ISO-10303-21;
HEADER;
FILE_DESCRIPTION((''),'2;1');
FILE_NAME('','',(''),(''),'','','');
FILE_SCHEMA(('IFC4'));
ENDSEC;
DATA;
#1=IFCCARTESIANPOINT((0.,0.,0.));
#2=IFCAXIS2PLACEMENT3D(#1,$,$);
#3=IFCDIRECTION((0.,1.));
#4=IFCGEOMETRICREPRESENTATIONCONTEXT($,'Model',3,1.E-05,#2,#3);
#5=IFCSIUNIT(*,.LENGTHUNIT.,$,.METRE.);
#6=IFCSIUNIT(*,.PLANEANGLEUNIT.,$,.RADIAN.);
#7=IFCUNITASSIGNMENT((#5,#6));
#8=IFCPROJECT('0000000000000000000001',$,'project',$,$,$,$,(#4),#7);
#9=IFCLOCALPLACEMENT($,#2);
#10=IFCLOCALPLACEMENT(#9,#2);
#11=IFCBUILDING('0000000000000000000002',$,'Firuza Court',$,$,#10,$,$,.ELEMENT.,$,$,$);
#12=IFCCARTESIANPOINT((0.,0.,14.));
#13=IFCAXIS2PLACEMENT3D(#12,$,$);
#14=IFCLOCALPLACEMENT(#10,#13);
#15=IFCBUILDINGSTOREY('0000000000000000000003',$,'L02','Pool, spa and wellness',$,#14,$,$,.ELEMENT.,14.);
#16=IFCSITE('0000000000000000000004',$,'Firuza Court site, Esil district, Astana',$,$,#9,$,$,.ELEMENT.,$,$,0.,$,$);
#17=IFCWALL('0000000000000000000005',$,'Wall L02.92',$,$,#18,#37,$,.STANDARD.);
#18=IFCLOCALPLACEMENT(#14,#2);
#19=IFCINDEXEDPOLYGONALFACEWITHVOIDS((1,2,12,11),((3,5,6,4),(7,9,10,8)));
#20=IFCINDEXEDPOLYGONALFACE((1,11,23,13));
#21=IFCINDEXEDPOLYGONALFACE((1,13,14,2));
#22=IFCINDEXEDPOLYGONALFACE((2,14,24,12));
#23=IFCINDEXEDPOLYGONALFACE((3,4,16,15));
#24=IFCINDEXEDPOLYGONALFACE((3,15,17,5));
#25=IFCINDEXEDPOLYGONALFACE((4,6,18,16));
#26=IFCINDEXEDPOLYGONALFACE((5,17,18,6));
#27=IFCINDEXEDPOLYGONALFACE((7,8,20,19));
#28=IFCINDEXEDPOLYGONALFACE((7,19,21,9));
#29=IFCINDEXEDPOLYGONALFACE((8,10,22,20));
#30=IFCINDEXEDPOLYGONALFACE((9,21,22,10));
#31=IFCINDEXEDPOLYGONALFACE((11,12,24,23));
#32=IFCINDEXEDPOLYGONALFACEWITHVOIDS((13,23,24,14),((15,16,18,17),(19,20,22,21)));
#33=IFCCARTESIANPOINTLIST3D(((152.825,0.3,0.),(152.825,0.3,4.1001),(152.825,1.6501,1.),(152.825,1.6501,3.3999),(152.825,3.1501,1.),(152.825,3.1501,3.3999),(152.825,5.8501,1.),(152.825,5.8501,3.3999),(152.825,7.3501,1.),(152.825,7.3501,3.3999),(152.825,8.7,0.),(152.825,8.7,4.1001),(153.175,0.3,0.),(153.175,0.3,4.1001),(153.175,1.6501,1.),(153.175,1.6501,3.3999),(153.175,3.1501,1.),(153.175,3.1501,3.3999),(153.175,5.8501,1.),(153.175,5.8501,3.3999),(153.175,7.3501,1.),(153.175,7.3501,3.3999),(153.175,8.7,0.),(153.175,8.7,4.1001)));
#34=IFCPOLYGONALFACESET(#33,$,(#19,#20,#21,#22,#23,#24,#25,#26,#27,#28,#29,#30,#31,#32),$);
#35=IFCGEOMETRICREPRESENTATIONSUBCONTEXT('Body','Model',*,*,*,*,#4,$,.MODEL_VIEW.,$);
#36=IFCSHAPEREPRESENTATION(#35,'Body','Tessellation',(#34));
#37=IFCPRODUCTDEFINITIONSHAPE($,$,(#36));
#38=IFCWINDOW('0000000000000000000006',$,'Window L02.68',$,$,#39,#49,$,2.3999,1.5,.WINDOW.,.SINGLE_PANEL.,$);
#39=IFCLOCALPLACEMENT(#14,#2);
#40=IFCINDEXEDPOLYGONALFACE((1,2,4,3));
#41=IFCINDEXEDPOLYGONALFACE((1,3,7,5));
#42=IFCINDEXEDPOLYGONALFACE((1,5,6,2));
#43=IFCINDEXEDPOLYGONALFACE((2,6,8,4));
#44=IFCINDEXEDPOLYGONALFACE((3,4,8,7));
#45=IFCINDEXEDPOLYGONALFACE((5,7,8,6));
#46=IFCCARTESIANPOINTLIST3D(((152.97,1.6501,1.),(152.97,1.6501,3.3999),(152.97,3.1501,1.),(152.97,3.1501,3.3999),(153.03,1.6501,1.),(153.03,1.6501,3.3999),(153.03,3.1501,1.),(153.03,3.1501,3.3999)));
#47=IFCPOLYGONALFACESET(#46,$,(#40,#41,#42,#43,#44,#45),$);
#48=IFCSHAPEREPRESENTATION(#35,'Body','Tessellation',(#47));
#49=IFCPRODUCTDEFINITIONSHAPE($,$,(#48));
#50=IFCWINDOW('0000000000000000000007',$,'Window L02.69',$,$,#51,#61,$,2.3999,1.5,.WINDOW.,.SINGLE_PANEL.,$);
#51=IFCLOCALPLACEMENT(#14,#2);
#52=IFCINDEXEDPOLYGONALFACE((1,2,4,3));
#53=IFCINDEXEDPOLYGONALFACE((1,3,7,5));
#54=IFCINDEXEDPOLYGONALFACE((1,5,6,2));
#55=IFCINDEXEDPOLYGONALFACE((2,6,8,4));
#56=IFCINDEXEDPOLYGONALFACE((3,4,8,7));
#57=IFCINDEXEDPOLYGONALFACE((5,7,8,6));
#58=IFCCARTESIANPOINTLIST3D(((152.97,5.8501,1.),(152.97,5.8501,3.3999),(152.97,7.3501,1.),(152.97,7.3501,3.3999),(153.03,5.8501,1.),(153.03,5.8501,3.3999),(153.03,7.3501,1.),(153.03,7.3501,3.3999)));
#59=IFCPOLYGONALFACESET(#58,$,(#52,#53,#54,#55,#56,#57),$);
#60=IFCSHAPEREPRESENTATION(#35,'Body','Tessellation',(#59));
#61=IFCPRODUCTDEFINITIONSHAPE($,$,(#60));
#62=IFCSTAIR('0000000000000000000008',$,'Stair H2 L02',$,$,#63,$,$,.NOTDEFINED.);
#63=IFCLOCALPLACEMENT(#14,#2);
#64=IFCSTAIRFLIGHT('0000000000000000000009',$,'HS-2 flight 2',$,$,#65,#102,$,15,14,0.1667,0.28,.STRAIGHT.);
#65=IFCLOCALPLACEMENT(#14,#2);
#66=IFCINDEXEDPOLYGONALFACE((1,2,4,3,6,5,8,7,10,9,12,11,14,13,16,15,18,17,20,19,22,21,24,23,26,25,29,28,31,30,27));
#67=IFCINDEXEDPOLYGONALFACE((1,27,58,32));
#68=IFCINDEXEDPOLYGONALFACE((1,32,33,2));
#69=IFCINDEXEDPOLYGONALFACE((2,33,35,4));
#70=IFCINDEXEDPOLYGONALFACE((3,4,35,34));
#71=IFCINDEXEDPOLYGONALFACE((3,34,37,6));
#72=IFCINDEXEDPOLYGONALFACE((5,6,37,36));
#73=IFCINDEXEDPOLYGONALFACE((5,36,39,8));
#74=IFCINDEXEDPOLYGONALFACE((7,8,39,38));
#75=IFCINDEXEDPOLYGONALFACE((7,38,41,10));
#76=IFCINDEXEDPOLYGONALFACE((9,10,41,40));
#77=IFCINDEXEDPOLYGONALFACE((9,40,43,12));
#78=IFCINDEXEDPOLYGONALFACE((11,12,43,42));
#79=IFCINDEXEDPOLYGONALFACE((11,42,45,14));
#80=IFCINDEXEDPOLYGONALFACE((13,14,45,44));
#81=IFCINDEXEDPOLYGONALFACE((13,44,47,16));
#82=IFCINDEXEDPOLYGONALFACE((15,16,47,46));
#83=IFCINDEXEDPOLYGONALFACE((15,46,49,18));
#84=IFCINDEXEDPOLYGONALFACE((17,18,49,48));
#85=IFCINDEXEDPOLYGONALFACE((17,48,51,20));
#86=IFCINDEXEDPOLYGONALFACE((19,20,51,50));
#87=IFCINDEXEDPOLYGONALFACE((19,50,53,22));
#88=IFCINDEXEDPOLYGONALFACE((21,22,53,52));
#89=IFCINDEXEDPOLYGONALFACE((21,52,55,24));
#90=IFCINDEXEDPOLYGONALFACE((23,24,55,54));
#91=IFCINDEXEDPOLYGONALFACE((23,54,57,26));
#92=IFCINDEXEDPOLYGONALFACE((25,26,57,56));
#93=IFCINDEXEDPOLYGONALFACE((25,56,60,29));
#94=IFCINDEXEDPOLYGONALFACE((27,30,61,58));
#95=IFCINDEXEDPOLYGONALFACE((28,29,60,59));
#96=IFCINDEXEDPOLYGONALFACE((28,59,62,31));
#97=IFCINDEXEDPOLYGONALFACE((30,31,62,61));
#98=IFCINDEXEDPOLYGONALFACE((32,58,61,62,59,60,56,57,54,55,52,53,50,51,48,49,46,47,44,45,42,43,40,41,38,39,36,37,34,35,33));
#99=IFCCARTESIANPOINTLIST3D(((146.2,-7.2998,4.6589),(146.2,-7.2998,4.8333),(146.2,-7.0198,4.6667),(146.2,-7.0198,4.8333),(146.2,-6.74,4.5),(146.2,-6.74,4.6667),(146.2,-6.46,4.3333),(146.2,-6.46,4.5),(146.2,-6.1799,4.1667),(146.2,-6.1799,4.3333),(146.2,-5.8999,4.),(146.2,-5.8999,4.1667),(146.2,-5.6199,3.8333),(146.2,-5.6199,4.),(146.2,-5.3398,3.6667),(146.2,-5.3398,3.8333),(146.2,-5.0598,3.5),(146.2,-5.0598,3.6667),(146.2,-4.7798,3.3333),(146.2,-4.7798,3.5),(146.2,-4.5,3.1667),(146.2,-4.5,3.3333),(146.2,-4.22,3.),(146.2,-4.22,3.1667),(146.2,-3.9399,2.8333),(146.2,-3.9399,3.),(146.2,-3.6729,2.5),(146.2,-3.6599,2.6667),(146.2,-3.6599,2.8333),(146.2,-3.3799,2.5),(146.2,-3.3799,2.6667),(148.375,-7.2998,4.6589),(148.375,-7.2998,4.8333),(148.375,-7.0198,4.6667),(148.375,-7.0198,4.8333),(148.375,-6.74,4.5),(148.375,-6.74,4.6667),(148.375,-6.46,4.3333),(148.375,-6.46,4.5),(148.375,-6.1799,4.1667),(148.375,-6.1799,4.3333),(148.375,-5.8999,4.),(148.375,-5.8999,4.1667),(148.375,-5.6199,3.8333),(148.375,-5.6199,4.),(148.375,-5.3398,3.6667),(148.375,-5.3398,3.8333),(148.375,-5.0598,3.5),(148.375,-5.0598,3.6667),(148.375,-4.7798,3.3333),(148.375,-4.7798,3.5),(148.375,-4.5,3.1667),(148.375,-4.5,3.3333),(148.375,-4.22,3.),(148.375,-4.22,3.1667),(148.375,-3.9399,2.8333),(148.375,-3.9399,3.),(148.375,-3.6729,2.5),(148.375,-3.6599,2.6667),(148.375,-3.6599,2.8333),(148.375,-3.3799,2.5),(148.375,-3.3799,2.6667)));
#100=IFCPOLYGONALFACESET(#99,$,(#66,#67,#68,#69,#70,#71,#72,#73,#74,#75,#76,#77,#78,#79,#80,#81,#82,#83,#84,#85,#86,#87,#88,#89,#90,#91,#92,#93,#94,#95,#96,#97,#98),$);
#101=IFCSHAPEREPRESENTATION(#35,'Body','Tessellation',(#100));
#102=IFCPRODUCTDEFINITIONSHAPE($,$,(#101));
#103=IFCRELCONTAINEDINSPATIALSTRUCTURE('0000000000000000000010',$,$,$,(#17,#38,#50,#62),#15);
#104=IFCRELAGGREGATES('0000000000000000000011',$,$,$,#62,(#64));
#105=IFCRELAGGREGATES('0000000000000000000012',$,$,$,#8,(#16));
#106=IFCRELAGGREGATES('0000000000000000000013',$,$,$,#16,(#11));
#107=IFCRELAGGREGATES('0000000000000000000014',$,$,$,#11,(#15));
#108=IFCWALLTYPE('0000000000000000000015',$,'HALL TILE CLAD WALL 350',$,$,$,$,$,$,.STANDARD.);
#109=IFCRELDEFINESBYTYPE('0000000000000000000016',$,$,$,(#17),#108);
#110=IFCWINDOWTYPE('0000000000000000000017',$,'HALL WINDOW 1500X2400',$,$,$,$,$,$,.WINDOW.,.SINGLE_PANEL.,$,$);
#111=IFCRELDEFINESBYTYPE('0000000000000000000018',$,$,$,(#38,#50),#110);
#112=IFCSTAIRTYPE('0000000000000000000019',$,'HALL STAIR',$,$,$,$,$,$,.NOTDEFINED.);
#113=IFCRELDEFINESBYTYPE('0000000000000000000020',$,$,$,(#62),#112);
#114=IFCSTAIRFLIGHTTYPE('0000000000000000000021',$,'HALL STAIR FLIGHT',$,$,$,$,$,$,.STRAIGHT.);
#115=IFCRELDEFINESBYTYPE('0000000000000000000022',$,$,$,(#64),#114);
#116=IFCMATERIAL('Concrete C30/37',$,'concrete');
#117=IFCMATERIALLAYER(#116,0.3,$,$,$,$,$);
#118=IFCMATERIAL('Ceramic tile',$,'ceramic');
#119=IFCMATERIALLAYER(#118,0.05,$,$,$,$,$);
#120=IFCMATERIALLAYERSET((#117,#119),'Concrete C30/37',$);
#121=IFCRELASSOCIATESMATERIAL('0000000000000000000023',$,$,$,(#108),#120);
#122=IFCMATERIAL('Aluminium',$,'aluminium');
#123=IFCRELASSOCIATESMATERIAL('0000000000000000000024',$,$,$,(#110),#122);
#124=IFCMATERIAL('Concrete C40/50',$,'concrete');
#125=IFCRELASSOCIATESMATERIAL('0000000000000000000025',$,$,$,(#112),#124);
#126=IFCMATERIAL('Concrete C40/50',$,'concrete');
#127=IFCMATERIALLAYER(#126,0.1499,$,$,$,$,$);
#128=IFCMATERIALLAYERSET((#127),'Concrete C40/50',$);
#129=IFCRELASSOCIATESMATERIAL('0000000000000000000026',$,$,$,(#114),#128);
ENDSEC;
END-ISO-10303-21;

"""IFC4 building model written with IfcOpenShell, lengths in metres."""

from ifc_helpers import new_model, si_unit, direction, frame, frame_2d, origin, place, context, subcontext, project, spatial, polyline, rectangle, outline, extrude, material, layer, layer_set, type_object, element, fill, aggregate, save


model = new_model("IFC4")

# Units and contexts
model_context = context("Model", 3, precision=1e-05, world=origin(), true_north=direction((0.0, 1.0)))
body_context = subcontext(model_context, "Body", "Model", "MODEL_VIEW")
ifc_project = project(units=[si_unit("LENGTHUNIT", "METRE"), si_unit("PLANEANGLEUNIT", "RADIAN")], contexts=[model_context])

# Site, building, storey
site_placement = place(None, origin())
site = spatial("IfcSite", under=ifc_project, at=site_placement, Name="Firuza Court site, Esil district, Astana", CompositionType="ELEMENT", RefElevation=0.0)
building_placement = place(site_placement, origin())
building = spatial("IfcBuilding", under=site, at=building_placement, Name="Firuza Court", CompositionType="ELEMENT")
storey_placement = place(building_placement, frame((0.0, 0.0, 14.0)))
storey = spatial("IfcBuildingStorey", under=building, at=storey_placement, Name="L02", Description="Pool, spa and wellness", CompositionType="ELEMENT", Elevation=14.0)

# Shared definitions
ifc_material_1 = material(Name="Concrete C40/50", Category="concrete")

# Wall, openings, windows
ifc_material_2 = material(Name="Concrete C30/37", Category="concrete")
ifc_layer_1 = layer(ifc_material_2, 0.3)
ifc_material_3 = material(Name="Ceramic tile", Category="ceramic")
ifc_layer_2 = layer(ifc_material_3, 0.05)
ifc_layer_set_1 = layer_set([ifc_layer_1, ifc_layer_2], Name="Concrete C30/37")
wall_type_1 = type_object("IfcWallType", Name="HALL TILE CLAD WALL 350", PredefinedType="STANDARD", material=ifc_layer_set_1)
wall_1_placement = place(storey_placement, frame((153.0, 0.3, 0.0), z_axis=(0.0, 0.0, 1.0), x_axis=(0.0, 1.0, 0.0)))
wall_1 = element("IfcWall", 1, at=wall_1_placement, inside=storey, type_object=wall_type_1, Name="Wall L02.92", PredefinedType="STANDARD", context=body_context, shape_type="SweptSolid", body=[
    extrude(rectangle(XDim=8.3999, YDim=0.3501, at=frame_2d((4.2, 0.0))), origin(), (0.0, 0.0, 1.0), 4.1001),
])
opening_1_placement = place(wall_1_placement, frame((1.3501, 0.0, 1.0)))
opening_1 = element("IfcOpeningElement", 2, at=opening_1_placement, cuts=wall_1, PredefinedType="OPENING", context=body_context, shape_type="SweptSolid", body=[
    extrude(rectangle(XDim=1.5, YDim=2.3999, at=frame_2d((0.75, 1.2))), frame((0.0, 0.187, 0.0), z_axis=(0.0, -1.0, 0.0), x_axis=(1.0, 0.0, 0.0)), (0.0, 0.0, 1.0), 0.374),
])
opening_2_placement = place(wall_1_placement, frame((5.55, 0.0, 1.0)))
opening_2 = element("IfcOpeningElement", 3, at=opening_2_placement, cuts=wall_1, PredefinedType="OPENING", context=body_context, shape_type="SweptSolid", body=[
    extrude(rectangle(XDim=1.5, YDim=2.3999, at=frame_2d((0.75, 1.2))), frame((0.0, 0.187, 0.0), z_axis=(0.0, -1.0, 0.0), x_axis=(1.0, 0.0, 0.0)), (0.0, 0.0, 1.0), 0.374),
])
ifc_material_4 = material(Name="Aluminium", Category="aluminium")
window_type = type_object("IfcWindowType", Name="HALL WINDOW 1500X2400", PartitioningType="SINGLE_PANEL", PredefinedType="WINDOW", material=ifc_material_4)
window_1_placement = place(opening_1_placement, origin())
window_1 = element("IfcWindow", 4, at=window_1_placement, inside=storey, type_object=window_type, Name="Window L02.68", OverallHeight=2.3999, OverallWidth=1.5, PartitioningType="SINGLE_PANEL", PredefinedType="WINDOW", context=body_context, shape_type="SweptSolid", body=[
    extrude(rectangle(XDim=1.5, YDim=2.3999, at=frame_2d((0.75, 1.2))), frame((0.0, 0.03, 0.0), z_axis=(0.0, -1.0, 0.0), x_axis=(1.0, 0.0, 0.0)), (0.0, 0.0, 1.0), 0.0601),
])
fill(opening_1, window_1)
window_2_placement = place(opening_2_placement, origin())
window_2 = element("IfcWindow", 5, at=window_2_placement, inside=storey, type_object=window_type, Name="Window L02.69", OverallHeight=2.3999, OverallWidth=1.5, PartitioningType="SINGLE_PANEL", PredefinedType="WINDOW", context=body_context, shape_type="SweptSolid", body=[
    extrude(rectangle(XDim=1.5, YDim=2.3999, at=frame_2d((0.75, 1.2))), frame((0.0, 0.03, 0.0), z_axis=(0.0, -1.0, 0.0), x_axis=(1.0, 0.0, 0.0)), (0.0, 0.0, 1.0), 0.0601),
])
fill(opening_2, window_2)

# Stair, stair flight
ifc_material_5 = material(Name="Concrete C40/50", Category="concrete")
stair_type = type_object("IfcStairType", Name="HALL STAIR", PredefinedType="NOTDEFINED", material=ifc_material_5)
stair_placement = place(storey_placement, origin())
stair = element("IfcStair", 6, at=stair_placement, inside=storey, type_object=stair_type, Name="Stair H2 L02", PredefinedType="NOTDEFINED")
ifc_layer_3 = layer(ifc_material_1, 0.1499)
ifc_layer_set_2 = layer_set([ifc_layer_3], Name="Concrete C40/50")
stair_flight_type = type_object("IfcStairFlightType", Name="HALL STAIR FLIGHT", PredefinedType="STRAIGHT", material=ifc_layer_set_2)
stair_flight_placement = place(storey_placement, frame((147.2876, -3.3799, 2.5), z_axis=(0.0, 0.0, 1.0), x_axis=(0.0, -1.0, 0.0)))
stair_flight = element("IfcStairFlight", 7, at=stair_flight_placement, type_object=stair_flight_type, Name="HS-2 flight 2", NumberOfRisers=15, NumberOfTreads=14, PredefinedType="STRAIGHT", RiserHeight=0.1667, TreadLength=0.28, context=body_context, shape_type="SweptSolid", body=[
    extrude(outline(polyline([(0.0, 0.0), (0.0, 0.1667), (0.28, 0.1667), (0.28, 0.3333), (0.5601, 0.3333), (0.5601, 0.5), (0.8401, 0.5), (0.8401, 0.6667), (1.1201, 0.6667), (1.1201, 0.8333), (1.3999, 0.8333), (1.3999, 1.0), (1.6799, 1.0), (1.6799, 1.1667), (1.96, 1.1667), (1.96, 1.3333), (2.24, 1.3333), (2.24, 1.5), (2.52, 1.5), (2.52, 1.6667), (2.8, 1.6667), (2.8, 1.8333), (3.0801, 1.8333), (3.0801, 2.0), (3.3601, 2.0), (3.3601, 2.1667), (3.6399, 2.1667), (3.6399, 2.3333), (3.9199, 2.3333), (3.9199, 2.5), (3.9199, 2.1589), (0.293, 0.0), (0.0, 0.0)])), frame((0.0, 1.0874, 0.0), z_axis=(0.0, -1.0, 0.0), x_axis=(1.0, 0.0, 0.0)), (0.0, 0.0, 1.0), 2.175),
])
aggregate(stair, [stair_flight])

save(model, "model.ifc")
